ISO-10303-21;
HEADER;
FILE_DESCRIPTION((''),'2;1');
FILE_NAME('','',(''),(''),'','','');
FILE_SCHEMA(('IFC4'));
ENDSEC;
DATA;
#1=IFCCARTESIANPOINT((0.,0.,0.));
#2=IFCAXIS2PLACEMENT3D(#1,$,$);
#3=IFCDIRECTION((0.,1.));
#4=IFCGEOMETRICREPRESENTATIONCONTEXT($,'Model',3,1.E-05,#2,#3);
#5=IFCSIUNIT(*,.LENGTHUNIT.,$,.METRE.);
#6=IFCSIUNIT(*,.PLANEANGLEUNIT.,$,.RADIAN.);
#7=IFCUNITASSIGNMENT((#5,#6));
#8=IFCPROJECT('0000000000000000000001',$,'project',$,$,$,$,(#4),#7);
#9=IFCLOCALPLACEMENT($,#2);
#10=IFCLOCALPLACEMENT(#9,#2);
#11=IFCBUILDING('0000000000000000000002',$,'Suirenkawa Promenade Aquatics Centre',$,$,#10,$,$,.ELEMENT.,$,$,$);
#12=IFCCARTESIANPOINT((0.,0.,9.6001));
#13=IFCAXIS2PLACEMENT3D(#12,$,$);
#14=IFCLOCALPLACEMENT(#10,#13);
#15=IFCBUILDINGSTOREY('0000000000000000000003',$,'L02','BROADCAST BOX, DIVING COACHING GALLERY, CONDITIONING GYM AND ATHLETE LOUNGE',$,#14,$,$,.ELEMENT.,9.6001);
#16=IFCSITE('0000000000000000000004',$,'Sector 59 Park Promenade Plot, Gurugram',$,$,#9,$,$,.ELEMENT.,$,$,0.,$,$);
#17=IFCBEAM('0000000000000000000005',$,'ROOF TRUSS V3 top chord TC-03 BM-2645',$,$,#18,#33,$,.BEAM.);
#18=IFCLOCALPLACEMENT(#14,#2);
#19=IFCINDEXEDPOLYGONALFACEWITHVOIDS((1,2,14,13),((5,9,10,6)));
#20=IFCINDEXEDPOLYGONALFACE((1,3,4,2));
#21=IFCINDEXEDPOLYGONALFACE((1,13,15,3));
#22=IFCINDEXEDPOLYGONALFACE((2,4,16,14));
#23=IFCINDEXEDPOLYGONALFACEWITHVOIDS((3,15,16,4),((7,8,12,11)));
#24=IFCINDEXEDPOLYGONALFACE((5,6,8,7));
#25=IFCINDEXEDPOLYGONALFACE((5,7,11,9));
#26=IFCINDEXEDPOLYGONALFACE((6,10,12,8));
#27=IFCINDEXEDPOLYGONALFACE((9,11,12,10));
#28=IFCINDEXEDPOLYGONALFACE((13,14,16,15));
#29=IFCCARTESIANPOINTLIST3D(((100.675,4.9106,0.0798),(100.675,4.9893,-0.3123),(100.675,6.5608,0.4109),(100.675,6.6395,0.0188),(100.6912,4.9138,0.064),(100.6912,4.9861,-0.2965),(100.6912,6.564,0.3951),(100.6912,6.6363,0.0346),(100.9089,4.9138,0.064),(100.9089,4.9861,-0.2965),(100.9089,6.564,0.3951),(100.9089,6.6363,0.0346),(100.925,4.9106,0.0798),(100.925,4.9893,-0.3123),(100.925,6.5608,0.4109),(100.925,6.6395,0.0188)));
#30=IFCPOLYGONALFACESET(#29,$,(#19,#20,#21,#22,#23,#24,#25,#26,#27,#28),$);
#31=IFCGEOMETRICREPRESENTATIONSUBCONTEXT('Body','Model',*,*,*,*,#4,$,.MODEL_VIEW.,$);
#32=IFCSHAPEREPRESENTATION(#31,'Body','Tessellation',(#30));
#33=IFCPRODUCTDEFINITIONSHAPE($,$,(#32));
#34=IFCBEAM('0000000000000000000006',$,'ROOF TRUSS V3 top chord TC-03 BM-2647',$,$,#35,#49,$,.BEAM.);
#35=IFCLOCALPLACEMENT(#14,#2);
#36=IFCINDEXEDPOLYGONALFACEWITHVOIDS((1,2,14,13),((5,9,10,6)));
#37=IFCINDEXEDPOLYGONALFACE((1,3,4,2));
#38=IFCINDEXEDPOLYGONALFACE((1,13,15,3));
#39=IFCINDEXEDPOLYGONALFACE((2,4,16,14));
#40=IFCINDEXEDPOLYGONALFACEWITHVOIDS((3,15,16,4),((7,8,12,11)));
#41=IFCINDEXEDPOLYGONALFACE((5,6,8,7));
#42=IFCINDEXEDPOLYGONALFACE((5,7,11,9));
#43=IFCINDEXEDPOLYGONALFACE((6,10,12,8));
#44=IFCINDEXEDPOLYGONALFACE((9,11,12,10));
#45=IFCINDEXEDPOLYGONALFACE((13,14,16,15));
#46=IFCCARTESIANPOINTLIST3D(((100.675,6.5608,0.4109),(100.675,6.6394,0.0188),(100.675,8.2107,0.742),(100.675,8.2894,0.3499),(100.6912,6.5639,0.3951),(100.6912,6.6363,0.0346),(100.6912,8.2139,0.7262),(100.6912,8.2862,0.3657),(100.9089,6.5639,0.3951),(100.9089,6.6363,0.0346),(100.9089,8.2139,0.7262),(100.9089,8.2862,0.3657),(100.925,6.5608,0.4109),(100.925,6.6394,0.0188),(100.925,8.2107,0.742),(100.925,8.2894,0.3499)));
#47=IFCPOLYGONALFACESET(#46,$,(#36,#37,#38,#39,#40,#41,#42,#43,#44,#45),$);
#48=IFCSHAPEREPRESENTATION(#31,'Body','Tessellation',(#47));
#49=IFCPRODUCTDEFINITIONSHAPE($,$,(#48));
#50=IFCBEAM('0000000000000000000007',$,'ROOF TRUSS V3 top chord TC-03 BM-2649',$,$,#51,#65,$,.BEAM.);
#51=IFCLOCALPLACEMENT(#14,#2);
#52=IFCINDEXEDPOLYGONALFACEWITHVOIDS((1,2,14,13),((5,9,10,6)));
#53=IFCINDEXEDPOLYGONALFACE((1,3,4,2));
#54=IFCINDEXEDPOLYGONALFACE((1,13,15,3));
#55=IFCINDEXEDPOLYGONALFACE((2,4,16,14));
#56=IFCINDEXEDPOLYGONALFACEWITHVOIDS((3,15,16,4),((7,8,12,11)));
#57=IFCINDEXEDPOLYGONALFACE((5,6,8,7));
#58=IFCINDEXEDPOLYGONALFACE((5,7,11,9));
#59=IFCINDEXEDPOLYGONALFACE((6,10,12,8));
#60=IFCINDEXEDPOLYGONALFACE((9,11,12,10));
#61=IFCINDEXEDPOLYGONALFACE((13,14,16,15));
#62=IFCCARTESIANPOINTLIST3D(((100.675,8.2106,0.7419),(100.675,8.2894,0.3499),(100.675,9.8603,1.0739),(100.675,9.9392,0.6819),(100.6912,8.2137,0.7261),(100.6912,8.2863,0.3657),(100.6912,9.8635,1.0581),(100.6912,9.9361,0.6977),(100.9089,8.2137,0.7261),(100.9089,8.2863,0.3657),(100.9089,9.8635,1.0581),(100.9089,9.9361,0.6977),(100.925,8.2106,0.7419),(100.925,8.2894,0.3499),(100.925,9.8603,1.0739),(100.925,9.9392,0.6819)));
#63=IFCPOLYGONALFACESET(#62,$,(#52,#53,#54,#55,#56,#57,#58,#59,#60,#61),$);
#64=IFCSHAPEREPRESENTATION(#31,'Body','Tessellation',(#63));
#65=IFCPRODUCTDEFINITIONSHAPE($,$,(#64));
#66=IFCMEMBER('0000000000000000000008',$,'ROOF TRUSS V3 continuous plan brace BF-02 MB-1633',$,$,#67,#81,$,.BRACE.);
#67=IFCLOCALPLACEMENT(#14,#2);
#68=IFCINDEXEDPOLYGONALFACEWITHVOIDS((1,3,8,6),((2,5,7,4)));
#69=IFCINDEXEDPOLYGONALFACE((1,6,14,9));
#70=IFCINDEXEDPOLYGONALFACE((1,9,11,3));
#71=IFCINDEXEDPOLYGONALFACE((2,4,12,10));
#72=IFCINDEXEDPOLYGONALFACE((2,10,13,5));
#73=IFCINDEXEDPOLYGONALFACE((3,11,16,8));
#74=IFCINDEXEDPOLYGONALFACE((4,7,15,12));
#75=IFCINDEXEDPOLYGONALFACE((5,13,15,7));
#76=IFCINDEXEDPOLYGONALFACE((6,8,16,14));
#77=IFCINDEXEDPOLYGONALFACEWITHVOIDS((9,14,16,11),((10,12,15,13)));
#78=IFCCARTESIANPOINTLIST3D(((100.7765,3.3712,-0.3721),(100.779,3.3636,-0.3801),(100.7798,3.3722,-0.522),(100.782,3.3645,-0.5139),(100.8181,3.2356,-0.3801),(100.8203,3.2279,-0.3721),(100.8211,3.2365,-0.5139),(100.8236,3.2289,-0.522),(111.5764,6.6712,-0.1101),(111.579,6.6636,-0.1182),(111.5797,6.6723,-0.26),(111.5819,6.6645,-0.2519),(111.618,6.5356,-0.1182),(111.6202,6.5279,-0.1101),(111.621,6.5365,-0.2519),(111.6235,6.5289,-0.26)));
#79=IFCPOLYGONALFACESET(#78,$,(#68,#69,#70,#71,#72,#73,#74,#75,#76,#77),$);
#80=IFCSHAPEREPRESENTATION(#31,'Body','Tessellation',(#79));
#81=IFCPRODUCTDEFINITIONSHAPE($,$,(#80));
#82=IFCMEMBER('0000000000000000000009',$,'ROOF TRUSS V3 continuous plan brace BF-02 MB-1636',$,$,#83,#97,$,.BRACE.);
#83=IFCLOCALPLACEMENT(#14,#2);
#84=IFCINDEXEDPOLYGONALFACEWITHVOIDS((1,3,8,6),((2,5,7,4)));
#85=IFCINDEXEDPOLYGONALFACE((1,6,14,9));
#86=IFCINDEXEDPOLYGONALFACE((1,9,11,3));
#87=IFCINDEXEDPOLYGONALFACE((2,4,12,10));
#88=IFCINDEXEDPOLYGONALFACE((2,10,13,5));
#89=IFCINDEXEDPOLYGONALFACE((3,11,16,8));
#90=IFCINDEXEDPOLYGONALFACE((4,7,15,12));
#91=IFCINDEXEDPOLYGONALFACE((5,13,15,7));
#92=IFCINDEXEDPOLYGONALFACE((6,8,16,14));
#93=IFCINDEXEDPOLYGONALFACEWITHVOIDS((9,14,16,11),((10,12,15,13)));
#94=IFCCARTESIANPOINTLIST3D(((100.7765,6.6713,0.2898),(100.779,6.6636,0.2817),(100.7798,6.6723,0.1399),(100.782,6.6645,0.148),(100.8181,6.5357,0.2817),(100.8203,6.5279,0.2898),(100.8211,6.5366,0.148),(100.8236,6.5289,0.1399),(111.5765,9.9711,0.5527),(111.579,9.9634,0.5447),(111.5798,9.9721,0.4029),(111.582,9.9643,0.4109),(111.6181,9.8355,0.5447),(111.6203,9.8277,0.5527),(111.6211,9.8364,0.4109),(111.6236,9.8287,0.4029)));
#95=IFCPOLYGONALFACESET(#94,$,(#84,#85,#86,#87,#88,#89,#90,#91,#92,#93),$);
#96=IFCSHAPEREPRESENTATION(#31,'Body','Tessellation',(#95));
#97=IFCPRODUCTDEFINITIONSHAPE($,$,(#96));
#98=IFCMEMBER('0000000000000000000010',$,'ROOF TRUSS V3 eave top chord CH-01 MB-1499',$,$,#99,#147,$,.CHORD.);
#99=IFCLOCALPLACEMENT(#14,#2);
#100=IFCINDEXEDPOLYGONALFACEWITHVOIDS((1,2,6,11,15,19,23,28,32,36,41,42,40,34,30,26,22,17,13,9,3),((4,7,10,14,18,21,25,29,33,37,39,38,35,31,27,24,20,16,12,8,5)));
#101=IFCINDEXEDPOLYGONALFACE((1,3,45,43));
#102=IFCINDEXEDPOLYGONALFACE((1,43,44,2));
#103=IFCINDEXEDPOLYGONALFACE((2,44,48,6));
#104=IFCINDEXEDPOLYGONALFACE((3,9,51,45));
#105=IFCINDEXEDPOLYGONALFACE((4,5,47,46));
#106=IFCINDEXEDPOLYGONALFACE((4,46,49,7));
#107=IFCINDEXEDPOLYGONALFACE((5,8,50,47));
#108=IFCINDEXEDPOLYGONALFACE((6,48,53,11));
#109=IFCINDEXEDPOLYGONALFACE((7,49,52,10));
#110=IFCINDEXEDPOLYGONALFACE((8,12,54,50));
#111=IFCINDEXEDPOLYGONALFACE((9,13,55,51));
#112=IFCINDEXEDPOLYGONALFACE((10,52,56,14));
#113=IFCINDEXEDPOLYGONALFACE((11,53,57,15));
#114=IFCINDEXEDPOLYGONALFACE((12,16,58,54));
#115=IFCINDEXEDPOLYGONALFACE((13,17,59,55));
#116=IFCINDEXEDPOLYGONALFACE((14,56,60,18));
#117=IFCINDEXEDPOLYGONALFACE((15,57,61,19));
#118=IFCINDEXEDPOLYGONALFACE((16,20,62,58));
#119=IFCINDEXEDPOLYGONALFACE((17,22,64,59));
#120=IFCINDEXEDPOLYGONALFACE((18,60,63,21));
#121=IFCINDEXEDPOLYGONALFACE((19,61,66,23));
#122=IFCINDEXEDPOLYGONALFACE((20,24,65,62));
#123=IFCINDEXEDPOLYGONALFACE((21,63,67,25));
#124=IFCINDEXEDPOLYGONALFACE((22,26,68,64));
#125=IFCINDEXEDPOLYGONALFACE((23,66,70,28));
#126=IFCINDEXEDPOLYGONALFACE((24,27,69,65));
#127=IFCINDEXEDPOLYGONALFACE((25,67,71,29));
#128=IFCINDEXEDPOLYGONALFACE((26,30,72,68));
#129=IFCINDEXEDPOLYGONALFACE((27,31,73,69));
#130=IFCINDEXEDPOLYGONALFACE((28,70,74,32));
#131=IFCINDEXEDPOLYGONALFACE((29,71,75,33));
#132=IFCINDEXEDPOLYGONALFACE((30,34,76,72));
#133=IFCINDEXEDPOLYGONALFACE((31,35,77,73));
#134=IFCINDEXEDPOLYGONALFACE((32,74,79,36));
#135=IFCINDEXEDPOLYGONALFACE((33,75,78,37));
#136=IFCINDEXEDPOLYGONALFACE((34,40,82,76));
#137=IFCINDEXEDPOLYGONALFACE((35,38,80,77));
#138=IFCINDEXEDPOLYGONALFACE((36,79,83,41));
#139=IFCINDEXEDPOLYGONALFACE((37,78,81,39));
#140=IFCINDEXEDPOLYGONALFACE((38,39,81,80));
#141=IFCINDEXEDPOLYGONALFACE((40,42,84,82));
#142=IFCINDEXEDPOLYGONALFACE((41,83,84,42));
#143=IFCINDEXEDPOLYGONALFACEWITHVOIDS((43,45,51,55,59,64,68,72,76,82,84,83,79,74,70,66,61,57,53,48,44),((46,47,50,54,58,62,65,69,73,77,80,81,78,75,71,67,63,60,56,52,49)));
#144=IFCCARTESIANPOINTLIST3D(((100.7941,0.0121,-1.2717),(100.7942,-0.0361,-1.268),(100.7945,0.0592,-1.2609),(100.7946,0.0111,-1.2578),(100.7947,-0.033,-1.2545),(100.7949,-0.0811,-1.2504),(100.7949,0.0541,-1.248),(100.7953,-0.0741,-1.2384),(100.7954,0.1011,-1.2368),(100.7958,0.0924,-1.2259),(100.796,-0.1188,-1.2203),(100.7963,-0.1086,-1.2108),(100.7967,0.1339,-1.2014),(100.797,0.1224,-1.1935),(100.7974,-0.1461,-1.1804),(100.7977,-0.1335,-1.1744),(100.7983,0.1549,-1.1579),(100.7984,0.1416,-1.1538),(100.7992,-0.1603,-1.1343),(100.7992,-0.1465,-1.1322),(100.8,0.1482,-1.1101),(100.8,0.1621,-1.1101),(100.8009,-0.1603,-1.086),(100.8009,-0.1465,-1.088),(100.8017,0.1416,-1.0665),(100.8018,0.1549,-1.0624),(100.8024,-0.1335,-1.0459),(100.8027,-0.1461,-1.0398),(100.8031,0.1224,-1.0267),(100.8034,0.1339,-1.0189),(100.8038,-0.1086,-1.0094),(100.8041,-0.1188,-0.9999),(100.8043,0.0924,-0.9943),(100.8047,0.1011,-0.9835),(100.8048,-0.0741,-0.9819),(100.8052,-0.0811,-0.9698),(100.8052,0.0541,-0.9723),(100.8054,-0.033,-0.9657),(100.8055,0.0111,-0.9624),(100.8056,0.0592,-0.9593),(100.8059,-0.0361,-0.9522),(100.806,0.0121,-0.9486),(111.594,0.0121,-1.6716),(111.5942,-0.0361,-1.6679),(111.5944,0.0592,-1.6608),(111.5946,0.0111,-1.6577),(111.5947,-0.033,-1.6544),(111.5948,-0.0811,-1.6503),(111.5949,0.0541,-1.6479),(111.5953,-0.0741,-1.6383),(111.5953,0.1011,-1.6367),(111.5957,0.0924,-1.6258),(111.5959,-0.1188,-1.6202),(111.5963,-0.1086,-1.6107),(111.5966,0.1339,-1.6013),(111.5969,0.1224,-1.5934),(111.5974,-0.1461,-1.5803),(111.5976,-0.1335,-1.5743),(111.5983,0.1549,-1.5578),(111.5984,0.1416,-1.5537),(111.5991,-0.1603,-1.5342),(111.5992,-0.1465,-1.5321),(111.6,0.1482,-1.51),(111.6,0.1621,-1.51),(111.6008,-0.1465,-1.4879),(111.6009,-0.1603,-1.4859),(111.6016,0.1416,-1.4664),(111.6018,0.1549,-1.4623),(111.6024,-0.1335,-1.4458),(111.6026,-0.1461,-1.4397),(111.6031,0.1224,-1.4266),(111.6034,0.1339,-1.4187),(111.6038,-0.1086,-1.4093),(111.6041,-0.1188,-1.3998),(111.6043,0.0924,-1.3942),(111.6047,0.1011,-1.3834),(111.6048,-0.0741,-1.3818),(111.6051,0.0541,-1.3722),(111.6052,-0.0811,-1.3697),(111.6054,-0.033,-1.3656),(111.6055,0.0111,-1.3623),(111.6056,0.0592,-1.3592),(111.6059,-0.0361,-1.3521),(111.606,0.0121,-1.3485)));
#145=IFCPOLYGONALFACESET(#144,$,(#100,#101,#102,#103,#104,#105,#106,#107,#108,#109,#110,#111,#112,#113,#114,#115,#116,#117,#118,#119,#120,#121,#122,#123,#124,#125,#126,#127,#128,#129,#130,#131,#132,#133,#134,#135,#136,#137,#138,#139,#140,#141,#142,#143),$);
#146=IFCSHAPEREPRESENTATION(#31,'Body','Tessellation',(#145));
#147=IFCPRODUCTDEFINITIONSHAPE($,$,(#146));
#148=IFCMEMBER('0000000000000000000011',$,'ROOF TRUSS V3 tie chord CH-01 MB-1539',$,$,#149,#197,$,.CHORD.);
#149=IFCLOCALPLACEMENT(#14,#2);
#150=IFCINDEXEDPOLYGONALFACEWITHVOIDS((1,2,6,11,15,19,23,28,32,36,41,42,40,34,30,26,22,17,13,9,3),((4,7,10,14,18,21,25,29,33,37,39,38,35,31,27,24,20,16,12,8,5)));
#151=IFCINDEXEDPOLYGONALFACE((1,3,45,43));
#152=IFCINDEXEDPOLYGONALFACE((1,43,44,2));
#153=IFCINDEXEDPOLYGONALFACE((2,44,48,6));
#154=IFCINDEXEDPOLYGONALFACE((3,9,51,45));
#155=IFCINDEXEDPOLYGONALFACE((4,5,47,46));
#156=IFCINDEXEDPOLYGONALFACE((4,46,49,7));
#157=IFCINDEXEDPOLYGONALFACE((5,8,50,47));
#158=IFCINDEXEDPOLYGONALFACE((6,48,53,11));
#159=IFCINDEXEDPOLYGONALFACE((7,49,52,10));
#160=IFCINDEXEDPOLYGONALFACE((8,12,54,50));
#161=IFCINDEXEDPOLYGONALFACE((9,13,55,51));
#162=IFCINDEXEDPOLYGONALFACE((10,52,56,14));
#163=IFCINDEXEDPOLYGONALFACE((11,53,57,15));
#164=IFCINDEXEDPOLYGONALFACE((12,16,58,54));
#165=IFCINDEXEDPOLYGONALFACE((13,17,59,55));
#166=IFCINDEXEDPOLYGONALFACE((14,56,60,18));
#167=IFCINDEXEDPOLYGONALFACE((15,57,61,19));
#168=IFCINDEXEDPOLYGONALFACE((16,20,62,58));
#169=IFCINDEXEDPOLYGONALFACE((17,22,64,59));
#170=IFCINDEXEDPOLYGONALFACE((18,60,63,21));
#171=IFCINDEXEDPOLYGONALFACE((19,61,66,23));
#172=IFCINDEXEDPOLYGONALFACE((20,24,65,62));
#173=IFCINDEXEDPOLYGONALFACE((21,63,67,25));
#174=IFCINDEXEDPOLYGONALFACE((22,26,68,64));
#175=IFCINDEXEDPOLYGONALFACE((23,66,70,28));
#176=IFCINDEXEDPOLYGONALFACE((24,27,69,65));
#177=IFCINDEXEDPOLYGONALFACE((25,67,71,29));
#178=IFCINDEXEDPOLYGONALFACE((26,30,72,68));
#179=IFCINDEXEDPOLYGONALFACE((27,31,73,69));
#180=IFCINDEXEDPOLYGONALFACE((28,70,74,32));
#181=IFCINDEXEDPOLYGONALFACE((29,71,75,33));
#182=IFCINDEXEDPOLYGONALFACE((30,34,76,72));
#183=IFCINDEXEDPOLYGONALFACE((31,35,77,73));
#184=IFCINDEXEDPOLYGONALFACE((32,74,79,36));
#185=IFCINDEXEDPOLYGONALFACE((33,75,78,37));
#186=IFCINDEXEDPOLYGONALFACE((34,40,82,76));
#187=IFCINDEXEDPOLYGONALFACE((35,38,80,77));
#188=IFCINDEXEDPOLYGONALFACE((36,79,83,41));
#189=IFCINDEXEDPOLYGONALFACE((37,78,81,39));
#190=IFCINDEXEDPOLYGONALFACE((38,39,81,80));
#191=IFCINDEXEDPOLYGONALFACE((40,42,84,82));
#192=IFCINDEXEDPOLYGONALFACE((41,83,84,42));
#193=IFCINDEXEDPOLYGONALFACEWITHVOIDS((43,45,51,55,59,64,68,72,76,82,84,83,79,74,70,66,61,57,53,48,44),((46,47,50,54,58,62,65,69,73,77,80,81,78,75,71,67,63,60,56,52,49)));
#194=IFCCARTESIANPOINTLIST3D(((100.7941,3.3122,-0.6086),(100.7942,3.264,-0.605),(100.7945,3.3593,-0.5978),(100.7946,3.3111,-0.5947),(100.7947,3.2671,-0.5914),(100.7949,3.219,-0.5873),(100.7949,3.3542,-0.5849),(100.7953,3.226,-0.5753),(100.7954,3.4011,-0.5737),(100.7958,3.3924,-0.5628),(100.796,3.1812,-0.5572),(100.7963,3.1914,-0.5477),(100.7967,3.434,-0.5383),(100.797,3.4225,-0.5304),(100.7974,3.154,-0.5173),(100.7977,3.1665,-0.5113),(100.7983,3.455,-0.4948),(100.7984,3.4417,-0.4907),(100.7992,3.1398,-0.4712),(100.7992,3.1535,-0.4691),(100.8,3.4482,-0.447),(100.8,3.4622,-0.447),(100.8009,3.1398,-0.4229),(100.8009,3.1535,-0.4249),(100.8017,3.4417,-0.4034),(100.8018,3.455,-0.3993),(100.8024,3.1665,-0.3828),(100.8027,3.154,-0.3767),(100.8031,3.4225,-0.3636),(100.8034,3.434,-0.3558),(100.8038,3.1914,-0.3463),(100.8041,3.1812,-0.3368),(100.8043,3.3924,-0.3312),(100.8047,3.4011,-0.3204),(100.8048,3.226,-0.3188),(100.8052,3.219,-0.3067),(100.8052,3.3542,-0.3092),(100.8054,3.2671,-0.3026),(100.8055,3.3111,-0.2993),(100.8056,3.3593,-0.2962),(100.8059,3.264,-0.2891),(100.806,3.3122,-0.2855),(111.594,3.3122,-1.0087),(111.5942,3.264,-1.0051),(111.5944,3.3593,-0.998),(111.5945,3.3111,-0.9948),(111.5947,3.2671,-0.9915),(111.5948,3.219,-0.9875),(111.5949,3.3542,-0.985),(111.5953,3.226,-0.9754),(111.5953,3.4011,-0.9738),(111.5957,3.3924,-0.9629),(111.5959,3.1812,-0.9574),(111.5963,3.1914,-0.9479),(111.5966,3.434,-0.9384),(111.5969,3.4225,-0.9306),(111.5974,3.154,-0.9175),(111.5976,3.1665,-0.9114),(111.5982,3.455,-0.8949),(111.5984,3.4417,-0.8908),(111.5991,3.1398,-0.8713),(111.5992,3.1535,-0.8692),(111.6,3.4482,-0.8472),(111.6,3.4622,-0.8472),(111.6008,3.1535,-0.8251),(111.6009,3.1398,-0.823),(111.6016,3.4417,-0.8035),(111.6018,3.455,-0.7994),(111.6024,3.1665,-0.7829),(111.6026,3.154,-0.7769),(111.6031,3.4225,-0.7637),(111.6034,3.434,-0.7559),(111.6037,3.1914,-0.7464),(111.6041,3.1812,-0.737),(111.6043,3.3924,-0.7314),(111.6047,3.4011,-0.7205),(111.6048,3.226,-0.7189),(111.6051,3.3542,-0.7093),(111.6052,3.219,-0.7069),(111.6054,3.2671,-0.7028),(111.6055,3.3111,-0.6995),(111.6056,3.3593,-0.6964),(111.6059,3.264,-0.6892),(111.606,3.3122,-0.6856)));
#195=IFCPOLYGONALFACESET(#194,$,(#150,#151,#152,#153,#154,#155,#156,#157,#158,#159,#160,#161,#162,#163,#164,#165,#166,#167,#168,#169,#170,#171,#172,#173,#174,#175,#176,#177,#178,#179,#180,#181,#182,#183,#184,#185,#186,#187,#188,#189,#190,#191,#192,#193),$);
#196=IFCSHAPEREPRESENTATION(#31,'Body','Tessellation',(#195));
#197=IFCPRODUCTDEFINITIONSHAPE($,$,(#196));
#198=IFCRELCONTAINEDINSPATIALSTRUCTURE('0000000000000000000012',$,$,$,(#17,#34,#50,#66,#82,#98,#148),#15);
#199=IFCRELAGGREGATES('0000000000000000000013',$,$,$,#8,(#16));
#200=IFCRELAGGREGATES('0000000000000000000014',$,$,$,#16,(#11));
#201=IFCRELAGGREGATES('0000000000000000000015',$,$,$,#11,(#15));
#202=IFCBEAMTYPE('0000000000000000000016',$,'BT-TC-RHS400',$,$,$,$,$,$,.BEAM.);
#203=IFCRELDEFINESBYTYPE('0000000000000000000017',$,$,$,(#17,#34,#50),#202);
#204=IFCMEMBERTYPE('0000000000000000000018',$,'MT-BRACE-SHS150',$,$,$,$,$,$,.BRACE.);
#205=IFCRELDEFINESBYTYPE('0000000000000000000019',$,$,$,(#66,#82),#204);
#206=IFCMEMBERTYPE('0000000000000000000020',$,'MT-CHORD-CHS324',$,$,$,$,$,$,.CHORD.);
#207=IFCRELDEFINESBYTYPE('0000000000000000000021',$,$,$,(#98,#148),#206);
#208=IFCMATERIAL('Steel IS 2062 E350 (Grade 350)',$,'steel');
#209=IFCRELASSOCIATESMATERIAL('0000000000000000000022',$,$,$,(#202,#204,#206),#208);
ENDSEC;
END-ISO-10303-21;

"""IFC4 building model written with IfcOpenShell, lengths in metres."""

from ifc_helpers import new_model, si_unit, direction, frame, origin, origin_2d, place, context, subcontext, project, spatial, hollow_rectangle, hollow_circle, extrude, material, material_profile, profile_set, type_object, element, save


model = new_model("IFC4")

# Units and contexts
model_context = context("Model", 3, precision=1e-05, world=origin(), true_north=direction((0.0, 1.0)))
body_context = subcontext(model_context, "Body", "Model", "MODEL_VIEW")
ifc_project = project(units=[si_unit("LENGTHUNIT", "METRE"), si_unit("PLANEANGLEUNIT", "RADIAN")], contexts=[model_context])

# Site, building, storey
site_placement = place(None, origin())
site = spatial("IfcSite", under=ifc_project, at=site_placement, Name="Sector 59 Park Promenade Plot, Gurugram", CompositionType="ELEMENT", RefElevation=0.0)
building_placement = place(site_placement, origin())
building = spatial("IfcBuilding", under=site, at=building_placement, Name="Suirenkawa Promenade Aquatics Centre", CompositionType="ELEMENT")
storey_placement = place(building_placement, frame((0.0, 0.0, 9.6001)))
storey = spatial("IfcBuildingStorey", under=building, at=storey_placement, Name="L02", Description="BROADCAST BOX, DIVING COACHING GALLERY, CONDITIONING GYM AND ATHLETE LOUNGE", CompositionType="ELEMENT", Elevation=9.6001)

# Beams
ifc_material_1 = material(Name="Steel IS 2062 E350 (Grade 350)", Category="steel")
ifc_material_profile_1 = material_profile(ifc_material_1, hollow_rectangle(XDim=0.25, YDim=0.3999, WallThickness=0.0161, at=origin_2d()), Name="RHS 400x250x16", Category="steel")
ifc_profile_set_1 = profile_set([ifc_material_profile_1], Name="Steel IS 2062 E350 (Grade 350)")
beam_type_1 = type_object("IfcBeamType", Name="BT-TC-RHS400", PredefinedType="BEAM", material=ifc_profile_set_1)
beam_1_placement = place(storey_placement, frame((100.8, 4.95, -0.1162), z_axis=(0.0, 0.980463, 0.196702), x_axis=(-1.0, 0.0, 0.0)))
element("IfcBeam", 1, at=beam_1_placement, inside=storey, type_object=beam_type_1, Name="ROOF TRUSS V3 top chord TC-03 BM-2645", PredefinedType="BEAM", context=body_context, shape_type="SweptSolid", body=[
    extrude(hollow_rectangle(XDim=0.25, YDim=0.3999, WallThickness=0.0161, at=origin_2d()), origin(), (0.0, 0.0, 1.0), 1.6831),
])
for number, where, z_axis, x_axis, name in (
    (2, (100.8, 6.6001, 0.2148), (0.0, 0.980458, 0.19673), (-1.0, 0.0, 0.0), "ROOF TRUSS V3 top chord TC-03 BM-2647"),
    (3, (100.8, 8.25, 0.5459), (0.0, 0.980346, 0.197288), (-1.0, 0.0, 0.0), "ROOF TRUSS V3 top chord TC-03 BM-2649"),
):
    element("IfcBeam", number, at=place(storey_placement, frame(where, z_axis=z_axis, x_axis=x_axis)), inside=storey, type_object=beam_type_1, Name=name, PredefinedType="BEAM", context=body_context, shape_type="SweptSolid", body=[
        extrude(hollow_rectangle(XDim=0.25, YDim=0.3999, WallThickness=0.0161, at=origin_2d()), origin(), (0.0, 0.0, 1.0), 1.6829),
    ])

# Members
ifc_material_profile_2 = material_profile(ifc_material_1, hollow_rectangle(XDim=0.1499, YDim=0.1499, WallThickness=0.0081, at=origin_2d()), Name="SHS 150x150x8", Category="steel")
ifc_profile_set_2 = profile_set([ifc_material_profile_2], Name="Steel IS 2062 E350 (Grade 350)")
member_type_1 = type_object("IfcMemberType", Name="MT-BRACE-SHS150", PredefinedType="BRACE", material=ifc_profile_set_2)
for number, where, z_axis, x_axis, name in (
    (4, (100.8, 3.3, -0.447), (0.956094, 0.292143, 0.023191), (-0.292221, 0.956351, 0.0), "ROOF TRUSS V3 continuous plan brace BF-02 MB-1633"),
    (5, (100.8, 6.6001, 0.2148), (0.956098, 0.292122, 0.023277), (-0.292202, 0.956357, 0.0), "ROOF TRUSS V3 continuous plan brace BF-02 MB-1636"),
):
    element("IfcMember", number, at=place(storey_placement, frame(where, z_axis=z_axis, x_axis=x_axis)), inside=storey, type_object=member_type_1, Name=name, PredefinedType="BRACE", context=body_context, shape_type="SweptSolid", body=[
        extrude(hollow_rectangle(XDim=0.1499, YDim=0.1499, WallThickness=0.0081, at=origin_2d()), origin(), (0.0, 0.0, 1.0), 11.2959),
    ])
ifc_material_profile_3 = material_profile(ifc_material_1, hollow_circle(Radius=0.1621, WallThickness=0.0139, at=origin_2d()), Name="CHS 324x14", Category="steel")
ifc_profile_set_3 = profile_set([ifc_material_profile_3], Name="Steel IS 2062 E350 (Grade 350)")
member_type_2 = type_object("IfcMemberType", Name="MT-CHORD-CHS324", PredefinedType="CHORD", material=ifc_profile_set_3)
for number, where, z_axis, x_axis, name in (
    (6, (100.8, 0.0, -1.1101), (0.999315, 0.0, -0.037002), (0.0, 1.0, 0.0), "ROOF TRUSS V3 eave top chord CH-01 MB-1499"),
    (7, (100.8, 3.3, -0.447), (0.999314, 0.0, -0.037025), (0.0, 1.0, 0.0), "ROOF TRUSS V3 tie chord CH-01 MB-1539"),
):
    element("IfcMember", number, at=place(storey_placement, frame(where, z_axis=z_axis, x_axis=x_axis)), inside=storey, type_object=member_type_2, Name=name, PredefinedType="CHORD", context=body_context, shape_type="SweptSolid", body=[
        extrude(hollow_circle(Radius=0.1621, WallThickness=0.0139, at=origin_2d()), origin(), (0.0, 0.0, 1.0), 10.8074),
    ])

save(model, "model.ifc")
